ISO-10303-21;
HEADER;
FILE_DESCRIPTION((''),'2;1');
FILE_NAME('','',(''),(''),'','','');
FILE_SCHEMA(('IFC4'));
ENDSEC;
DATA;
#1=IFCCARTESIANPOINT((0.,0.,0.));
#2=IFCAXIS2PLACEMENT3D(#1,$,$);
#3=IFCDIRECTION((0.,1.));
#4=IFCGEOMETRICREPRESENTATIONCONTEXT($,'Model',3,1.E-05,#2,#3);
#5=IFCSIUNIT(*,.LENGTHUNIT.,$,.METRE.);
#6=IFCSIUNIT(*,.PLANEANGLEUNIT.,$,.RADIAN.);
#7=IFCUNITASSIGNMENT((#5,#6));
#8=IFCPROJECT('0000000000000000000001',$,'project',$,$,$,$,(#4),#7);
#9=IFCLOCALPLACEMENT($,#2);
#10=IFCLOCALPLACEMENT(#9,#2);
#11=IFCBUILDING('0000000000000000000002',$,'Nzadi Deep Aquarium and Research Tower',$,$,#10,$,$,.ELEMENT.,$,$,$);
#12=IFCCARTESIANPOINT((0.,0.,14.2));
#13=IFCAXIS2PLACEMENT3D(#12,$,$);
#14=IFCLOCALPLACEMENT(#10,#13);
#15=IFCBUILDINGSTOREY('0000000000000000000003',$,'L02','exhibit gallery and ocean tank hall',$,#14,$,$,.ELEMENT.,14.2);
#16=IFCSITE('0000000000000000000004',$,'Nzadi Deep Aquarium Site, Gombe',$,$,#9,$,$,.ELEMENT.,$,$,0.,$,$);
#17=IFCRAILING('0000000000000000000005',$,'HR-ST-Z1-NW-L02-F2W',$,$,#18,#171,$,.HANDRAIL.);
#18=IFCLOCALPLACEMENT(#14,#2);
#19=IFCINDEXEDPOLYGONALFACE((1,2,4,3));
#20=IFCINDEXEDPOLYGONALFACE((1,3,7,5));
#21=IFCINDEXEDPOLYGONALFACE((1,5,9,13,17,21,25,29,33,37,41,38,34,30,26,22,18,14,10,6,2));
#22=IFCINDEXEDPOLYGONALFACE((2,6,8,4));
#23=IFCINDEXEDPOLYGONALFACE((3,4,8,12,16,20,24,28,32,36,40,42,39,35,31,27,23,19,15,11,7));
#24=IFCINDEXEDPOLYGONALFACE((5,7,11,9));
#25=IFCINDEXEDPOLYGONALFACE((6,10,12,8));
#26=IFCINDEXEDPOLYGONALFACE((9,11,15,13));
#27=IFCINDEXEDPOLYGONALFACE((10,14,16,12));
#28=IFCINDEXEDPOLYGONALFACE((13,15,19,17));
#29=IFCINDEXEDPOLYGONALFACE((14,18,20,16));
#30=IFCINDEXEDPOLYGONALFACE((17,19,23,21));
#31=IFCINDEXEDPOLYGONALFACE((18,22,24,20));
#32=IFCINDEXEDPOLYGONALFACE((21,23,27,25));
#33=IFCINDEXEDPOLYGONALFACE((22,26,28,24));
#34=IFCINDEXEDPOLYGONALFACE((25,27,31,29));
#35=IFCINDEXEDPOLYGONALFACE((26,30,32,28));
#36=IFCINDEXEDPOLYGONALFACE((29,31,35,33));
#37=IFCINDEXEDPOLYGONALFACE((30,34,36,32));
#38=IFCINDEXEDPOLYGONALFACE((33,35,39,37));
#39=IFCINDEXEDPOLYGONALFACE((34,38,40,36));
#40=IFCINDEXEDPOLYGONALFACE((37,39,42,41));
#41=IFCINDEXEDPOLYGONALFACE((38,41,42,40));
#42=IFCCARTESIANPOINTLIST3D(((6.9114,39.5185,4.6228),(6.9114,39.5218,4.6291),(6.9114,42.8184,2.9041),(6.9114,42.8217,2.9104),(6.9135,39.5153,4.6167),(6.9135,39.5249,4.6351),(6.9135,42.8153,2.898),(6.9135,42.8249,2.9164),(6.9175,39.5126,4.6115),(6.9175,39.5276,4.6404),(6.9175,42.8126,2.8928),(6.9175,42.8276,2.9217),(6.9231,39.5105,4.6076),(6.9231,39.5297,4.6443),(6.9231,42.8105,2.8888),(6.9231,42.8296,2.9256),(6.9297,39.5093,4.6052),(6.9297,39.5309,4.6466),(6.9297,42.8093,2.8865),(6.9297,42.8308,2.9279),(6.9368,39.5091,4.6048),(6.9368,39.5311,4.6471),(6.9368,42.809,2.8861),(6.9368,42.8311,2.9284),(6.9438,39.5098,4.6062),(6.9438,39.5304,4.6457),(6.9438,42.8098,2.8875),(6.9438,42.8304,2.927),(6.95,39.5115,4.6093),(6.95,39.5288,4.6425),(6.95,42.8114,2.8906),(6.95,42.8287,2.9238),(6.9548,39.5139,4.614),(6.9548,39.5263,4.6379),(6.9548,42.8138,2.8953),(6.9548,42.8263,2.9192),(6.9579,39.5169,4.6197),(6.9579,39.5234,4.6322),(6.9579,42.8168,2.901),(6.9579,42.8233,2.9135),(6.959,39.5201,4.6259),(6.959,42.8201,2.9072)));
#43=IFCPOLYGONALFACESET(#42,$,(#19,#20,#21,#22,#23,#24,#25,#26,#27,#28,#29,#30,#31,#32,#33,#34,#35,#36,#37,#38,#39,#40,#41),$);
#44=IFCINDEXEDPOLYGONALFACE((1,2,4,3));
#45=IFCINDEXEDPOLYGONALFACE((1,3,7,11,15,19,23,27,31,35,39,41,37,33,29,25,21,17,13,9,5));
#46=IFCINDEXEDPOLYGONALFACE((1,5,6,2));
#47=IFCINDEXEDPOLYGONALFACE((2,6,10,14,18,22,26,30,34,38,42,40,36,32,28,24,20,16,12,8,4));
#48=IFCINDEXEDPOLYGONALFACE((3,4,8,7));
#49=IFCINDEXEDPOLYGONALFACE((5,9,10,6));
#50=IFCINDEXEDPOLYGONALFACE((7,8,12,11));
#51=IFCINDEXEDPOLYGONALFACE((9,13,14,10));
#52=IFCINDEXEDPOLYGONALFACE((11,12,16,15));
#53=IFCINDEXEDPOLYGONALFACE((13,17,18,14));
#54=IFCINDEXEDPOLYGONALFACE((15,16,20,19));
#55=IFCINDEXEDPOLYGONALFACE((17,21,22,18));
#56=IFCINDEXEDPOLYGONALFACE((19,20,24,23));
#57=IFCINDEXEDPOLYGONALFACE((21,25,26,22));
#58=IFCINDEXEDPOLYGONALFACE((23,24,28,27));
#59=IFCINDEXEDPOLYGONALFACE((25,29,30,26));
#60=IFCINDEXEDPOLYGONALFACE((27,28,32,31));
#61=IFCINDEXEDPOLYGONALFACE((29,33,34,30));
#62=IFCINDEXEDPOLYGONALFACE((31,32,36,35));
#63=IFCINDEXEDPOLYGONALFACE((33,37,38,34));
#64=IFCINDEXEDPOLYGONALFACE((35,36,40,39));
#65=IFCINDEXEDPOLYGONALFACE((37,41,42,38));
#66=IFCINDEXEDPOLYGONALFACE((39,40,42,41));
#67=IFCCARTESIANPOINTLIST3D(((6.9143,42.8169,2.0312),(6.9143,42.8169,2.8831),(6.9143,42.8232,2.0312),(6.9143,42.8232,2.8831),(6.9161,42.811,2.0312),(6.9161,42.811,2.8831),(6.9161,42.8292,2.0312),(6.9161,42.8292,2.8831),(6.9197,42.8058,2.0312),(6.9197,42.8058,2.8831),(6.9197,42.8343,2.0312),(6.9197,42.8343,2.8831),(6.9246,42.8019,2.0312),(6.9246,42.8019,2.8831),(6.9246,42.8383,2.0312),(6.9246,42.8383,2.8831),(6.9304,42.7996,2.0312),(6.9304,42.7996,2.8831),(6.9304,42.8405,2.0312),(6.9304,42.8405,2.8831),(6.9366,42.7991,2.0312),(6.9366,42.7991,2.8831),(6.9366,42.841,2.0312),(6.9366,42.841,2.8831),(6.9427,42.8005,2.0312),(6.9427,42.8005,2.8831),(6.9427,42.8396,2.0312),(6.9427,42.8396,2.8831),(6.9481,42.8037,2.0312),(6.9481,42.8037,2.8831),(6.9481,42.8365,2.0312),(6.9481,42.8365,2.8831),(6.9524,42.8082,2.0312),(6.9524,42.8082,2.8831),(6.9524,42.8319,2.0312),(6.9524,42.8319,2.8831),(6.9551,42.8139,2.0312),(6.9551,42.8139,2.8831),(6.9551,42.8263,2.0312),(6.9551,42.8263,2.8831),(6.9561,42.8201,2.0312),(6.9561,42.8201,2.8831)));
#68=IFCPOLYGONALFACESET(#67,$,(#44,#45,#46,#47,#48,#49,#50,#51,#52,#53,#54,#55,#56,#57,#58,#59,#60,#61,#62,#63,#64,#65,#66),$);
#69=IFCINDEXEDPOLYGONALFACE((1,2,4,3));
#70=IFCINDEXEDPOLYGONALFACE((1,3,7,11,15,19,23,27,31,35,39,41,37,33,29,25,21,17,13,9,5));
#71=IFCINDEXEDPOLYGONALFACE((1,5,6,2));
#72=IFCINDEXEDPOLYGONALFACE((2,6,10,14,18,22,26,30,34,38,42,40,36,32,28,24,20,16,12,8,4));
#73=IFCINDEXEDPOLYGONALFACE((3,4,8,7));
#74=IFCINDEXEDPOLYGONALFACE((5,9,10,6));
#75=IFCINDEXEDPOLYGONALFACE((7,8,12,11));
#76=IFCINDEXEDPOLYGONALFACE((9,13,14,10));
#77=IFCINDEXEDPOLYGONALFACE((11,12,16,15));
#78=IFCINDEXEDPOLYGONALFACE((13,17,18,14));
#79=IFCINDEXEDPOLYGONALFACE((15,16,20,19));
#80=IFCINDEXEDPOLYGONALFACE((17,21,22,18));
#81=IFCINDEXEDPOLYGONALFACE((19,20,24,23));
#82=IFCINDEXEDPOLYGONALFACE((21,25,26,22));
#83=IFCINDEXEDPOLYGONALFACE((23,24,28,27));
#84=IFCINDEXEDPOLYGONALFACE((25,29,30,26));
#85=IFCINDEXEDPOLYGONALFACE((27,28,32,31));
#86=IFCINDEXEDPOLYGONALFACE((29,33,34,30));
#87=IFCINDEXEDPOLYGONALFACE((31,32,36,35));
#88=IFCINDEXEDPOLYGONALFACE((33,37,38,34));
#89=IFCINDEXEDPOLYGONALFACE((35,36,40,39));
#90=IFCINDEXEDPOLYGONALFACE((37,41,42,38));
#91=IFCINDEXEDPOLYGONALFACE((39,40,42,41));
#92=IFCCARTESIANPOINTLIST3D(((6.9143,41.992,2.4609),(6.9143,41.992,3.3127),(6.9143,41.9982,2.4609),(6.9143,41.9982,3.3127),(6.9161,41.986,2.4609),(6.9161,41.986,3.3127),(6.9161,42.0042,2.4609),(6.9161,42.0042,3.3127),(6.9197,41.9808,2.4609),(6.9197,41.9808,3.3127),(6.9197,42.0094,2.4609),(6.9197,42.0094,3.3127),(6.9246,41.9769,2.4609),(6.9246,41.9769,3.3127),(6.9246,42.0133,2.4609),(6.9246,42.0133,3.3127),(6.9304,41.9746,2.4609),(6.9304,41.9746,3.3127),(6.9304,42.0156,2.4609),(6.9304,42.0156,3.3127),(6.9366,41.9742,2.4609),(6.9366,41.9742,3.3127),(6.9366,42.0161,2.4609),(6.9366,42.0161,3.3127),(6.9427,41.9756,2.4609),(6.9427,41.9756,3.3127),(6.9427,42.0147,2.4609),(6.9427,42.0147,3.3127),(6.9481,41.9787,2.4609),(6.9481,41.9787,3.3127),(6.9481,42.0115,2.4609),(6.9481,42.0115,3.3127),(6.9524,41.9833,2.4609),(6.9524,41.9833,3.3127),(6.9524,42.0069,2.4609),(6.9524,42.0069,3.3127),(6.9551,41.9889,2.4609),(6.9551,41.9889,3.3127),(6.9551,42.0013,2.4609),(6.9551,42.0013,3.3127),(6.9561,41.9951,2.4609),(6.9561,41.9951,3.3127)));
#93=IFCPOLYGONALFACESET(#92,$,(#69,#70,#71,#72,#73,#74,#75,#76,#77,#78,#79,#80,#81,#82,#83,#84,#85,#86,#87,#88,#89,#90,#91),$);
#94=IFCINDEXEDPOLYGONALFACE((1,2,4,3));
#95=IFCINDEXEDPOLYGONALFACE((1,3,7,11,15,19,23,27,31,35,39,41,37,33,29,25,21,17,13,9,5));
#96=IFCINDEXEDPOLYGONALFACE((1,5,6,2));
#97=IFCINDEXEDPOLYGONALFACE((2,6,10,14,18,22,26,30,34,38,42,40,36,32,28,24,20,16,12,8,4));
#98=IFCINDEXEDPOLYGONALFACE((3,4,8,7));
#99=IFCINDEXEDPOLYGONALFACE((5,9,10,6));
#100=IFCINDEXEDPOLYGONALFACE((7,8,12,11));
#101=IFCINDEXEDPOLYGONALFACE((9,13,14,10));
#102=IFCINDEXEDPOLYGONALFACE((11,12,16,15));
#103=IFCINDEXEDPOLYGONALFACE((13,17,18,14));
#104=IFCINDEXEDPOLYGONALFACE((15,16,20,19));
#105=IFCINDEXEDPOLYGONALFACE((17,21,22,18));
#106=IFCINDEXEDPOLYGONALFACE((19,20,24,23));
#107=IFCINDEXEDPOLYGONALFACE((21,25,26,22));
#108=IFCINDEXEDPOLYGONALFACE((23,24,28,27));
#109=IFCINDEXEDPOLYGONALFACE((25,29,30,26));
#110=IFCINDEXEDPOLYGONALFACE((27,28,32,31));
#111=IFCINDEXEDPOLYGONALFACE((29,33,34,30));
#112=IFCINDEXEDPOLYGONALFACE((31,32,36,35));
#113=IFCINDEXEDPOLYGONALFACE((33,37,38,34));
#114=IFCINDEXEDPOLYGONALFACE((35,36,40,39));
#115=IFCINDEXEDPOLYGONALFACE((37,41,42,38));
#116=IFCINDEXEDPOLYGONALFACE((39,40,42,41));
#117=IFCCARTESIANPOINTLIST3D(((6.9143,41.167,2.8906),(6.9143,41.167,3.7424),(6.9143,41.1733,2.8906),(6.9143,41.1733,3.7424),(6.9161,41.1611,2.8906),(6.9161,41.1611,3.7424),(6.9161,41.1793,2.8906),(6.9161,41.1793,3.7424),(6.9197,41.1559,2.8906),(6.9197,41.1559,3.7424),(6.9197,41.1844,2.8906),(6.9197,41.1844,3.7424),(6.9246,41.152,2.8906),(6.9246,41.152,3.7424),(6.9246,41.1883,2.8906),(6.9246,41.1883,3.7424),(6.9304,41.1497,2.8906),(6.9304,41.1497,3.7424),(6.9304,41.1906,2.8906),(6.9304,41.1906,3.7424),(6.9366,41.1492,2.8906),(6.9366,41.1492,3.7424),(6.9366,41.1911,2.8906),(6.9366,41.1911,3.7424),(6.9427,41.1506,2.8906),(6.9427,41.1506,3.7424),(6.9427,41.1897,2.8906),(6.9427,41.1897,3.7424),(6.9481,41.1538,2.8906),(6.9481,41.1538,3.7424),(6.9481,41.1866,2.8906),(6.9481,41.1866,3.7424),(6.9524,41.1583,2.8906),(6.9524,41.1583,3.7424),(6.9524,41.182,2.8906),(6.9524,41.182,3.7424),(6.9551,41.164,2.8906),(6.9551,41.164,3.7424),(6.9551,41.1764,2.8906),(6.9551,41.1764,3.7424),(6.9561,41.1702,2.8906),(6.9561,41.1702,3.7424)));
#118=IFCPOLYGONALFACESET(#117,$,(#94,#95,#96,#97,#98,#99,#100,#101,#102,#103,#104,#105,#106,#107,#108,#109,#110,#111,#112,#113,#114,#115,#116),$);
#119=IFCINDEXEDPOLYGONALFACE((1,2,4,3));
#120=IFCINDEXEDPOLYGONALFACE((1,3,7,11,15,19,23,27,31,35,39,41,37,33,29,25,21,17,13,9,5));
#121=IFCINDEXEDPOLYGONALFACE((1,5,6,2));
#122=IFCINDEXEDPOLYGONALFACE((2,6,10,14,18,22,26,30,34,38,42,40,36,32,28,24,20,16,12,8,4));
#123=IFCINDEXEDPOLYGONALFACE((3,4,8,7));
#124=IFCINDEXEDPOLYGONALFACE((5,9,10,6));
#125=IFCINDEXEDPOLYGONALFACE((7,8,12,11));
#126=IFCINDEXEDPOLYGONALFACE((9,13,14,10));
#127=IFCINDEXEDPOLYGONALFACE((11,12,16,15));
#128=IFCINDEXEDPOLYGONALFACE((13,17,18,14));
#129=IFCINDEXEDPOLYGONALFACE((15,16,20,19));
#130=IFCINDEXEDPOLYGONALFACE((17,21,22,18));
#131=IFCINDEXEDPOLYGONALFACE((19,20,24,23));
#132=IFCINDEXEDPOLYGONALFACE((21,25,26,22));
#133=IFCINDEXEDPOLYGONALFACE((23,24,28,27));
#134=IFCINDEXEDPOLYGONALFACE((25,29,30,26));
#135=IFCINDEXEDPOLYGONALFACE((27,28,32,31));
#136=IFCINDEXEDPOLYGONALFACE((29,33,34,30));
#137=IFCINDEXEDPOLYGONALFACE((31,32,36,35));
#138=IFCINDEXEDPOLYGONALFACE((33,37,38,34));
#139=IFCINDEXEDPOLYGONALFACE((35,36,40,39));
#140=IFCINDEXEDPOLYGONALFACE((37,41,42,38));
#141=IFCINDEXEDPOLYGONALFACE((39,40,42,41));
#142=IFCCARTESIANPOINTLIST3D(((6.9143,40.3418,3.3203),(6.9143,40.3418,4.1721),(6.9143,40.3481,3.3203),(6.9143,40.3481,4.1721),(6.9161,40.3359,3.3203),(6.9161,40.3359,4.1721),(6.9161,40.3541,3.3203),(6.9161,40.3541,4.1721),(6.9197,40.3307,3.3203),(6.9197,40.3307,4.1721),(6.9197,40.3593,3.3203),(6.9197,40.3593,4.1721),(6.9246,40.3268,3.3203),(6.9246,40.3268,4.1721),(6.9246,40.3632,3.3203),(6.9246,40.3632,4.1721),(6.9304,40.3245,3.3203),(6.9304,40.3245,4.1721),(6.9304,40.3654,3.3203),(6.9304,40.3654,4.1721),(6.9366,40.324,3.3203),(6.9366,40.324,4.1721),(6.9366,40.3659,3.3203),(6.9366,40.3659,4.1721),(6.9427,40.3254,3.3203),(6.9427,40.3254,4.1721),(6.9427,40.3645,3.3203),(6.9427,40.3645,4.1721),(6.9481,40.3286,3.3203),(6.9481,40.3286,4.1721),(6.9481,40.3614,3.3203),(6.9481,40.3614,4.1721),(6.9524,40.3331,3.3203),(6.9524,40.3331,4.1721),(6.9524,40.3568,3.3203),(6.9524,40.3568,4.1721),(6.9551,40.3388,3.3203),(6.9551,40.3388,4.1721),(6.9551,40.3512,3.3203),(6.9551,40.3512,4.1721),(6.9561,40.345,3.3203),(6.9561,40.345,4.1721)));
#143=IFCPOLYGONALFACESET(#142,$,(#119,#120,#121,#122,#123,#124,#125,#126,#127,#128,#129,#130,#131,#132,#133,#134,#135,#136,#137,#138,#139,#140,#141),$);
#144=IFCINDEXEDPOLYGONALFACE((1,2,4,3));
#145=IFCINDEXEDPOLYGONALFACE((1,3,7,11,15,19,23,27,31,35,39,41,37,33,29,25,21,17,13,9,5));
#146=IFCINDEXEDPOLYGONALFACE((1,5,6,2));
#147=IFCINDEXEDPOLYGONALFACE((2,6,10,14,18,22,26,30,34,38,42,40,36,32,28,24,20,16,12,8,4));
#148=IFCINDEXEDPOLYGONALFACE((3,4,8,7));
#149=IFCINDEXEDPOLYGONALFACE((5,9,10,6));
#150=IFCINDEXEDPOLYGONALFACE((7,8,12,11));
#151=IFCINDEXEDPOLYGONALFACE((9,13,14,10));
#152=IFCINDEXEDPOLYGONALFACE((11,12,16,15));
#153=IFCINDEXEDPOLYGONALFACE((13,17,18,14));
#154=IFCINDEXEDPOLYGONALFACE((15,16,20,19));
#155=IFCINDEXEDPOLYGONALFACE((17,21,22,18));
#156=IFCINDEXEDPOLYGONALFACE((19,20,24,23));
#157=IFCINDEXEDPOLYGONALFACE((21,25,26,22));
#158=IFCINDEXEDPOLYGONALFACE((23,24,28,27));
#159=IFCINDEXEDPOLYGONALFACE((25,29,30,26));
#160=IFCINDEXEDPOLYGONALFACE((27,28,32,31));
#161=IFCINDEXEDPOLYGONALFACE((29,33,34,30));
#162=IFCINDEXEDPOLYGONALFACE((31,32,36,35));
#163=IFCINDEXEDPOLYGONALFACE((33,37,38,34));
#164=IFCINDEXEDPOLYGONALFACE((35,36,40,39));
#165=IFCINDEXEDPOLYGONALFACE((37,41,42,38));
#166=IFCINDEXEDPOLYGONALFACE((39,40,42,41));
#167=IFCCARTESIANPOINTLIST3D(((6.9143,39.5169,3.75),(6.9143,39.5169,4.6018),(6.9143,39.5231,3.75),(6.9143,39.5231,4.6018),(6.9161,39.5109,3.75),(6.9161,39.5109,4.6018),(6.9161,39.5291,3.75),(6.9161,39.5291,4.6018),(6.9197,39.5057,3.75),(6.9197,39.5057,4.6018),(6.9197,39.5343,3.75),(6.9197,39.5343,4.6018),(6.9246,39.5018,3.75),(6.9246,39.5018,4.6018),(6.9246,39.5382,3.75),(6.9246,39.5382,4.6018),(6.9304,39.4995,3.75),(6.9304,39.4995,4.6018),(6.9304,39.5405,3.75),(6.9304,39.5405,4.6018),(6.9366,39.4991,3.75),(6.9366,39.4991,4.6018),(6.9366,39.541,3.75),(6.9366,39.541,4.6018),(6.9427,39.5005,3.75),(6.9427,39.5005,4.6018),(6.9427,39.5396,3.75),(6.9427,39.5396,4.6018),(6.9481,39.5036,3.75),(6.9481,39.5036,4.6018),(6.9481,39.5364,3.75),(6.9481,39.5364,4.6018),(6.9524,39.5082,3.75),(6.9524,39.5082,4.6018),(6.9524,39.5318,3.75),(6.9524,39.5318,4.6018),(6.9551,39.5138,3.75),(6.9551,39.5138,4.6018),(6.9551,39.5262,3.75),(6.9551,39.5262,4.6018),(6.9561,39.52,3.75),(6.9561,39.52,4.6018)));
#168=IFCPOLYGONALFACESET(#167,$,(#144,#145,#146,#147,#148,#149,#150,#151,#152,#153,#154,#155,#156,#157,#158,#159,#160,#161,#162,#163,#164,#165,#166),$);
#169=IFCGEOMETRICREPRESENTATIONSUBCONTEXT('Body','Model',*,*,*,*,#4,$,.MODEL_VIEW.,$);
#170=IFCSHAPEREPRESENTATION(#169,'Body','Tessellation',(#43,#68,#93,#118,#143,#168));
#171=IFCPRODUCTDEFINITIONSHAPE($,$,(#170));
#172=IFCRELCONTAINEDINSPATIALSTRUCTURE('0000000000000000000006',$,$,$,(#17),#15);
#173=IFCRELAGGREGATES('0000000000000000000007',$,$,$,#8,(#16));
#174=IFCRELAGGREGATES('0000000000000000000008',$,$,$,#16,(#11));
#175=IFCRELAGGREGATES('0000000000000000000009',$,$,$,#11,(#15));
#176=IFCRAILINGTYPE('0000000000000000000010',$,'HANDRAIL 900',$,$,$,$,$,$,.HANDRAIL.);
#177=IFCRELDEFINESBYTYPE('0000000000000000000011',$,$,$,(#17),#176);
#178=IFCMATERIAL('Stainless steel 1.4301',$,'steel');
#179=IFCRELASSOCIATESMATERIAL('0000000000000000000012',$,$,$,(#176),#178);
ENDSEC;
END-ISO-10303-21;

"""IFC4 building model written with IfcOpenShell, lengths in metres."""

from ifc_helpers import new_model, si_unit, direction, frame, origin, origin_2d, place, context, subcontext, project, spatial, circle, extrude, material, type_object, element, save


model = new_model("IFC4")

# Units and contexts
model_context = context("Model", 3, precision=1e-05, world=origin(), true_north=direction((0.0, 1.0)))
body_context = subcontext(model_context, "Body", "Model", "MODEL_VIEW")
ifc_project = project(units=[si_unit("LENGTHUNIT", "METRE"), si_unit("PLANEANGLEUNIT", "RADIAN")], contexts=[model_context])

# Site, building, storey
site_placement = place(None, origin())
site = spatial("IfcSite", under=ifc_project, at=site_placement, Name="Nzadi Deep Aquarium Site, Gombe", CompositionType="ELEMENT", RefElevation=0.0)
building_placement = place(site_placement, origin())
building = spatial("IfcBuilding", under=site, at=building_placement, Name="Nzadi Deep Aquarium and Research Tower", CompositionType="ELEMENT")
storey_placement = place(building_placement, frame((0.0, 0.0, 14.2)))
storey = spatial("IfcBuildingStorey", under=building, at=storey_placement, Name="L02", Description="exhibit gallery and ocean tank hall", CompositionType="ELEMENT", Elevation=14.2)

# Railing
ifc_material_1 = material(Name="Stainless steel 1.4301", Category="steel")
railing_type = type_object("IfcRailingType", Name="HANDRAIL 900", PredefinedType="HANDRAIL", material=ifc_material_1)
for number, where, name in (
    (1, (6.9351, 42.8201, 2.0312), "HR-ST-Z1-NW-L02-F2W"),
):
    element("IfcRailing", number, at=place(storey_placement, frame(where)), inside=storey, type_object=railing_type, Name=name, PredefinedType="HANDRAIL", context=body_context, shape_type="SweptSolid", body=[
        extrude(circle(Radius=0.0239, at=origin_2d()), frame((0.0, 0.0, 0.876), z_axis=(0.0, -0.886917, 0.461929), x_axis=(1.0, 0.0, 0.0)), (0.0, 0.0, 1.0), 3.7207),
        extrude(circle(Radius=0.021, at=origin_2d()), origin(), (0.0, 0.0, 1.0), 0.8518),
        extrude(circle(Radius=0.021, at=origin_2d()), frame((0.0, -0.825, 0.4297)), (0.0, 0.0, 1.0), 0.8518),
        extrude(circle(Radius=0.021, at=origin_2d()), frame((0.0, -1.6499, 0.8594)), (0.0, 0.0, 1.0), 0.8518),
        extrude(circle(Radius=0.021, at=origin_2d()), frame((0.0, -2.4751, 1.2891)), (0.0, 0.0, 1.0), 0.8518),
        extrude(circle(Radius=0.021, at=origin_2d()), frame((0.0, -3.3, 1.7188)), (0.0, 0.0, 1.0), 0.8518),
    ])

save(model, "model.ifc")
